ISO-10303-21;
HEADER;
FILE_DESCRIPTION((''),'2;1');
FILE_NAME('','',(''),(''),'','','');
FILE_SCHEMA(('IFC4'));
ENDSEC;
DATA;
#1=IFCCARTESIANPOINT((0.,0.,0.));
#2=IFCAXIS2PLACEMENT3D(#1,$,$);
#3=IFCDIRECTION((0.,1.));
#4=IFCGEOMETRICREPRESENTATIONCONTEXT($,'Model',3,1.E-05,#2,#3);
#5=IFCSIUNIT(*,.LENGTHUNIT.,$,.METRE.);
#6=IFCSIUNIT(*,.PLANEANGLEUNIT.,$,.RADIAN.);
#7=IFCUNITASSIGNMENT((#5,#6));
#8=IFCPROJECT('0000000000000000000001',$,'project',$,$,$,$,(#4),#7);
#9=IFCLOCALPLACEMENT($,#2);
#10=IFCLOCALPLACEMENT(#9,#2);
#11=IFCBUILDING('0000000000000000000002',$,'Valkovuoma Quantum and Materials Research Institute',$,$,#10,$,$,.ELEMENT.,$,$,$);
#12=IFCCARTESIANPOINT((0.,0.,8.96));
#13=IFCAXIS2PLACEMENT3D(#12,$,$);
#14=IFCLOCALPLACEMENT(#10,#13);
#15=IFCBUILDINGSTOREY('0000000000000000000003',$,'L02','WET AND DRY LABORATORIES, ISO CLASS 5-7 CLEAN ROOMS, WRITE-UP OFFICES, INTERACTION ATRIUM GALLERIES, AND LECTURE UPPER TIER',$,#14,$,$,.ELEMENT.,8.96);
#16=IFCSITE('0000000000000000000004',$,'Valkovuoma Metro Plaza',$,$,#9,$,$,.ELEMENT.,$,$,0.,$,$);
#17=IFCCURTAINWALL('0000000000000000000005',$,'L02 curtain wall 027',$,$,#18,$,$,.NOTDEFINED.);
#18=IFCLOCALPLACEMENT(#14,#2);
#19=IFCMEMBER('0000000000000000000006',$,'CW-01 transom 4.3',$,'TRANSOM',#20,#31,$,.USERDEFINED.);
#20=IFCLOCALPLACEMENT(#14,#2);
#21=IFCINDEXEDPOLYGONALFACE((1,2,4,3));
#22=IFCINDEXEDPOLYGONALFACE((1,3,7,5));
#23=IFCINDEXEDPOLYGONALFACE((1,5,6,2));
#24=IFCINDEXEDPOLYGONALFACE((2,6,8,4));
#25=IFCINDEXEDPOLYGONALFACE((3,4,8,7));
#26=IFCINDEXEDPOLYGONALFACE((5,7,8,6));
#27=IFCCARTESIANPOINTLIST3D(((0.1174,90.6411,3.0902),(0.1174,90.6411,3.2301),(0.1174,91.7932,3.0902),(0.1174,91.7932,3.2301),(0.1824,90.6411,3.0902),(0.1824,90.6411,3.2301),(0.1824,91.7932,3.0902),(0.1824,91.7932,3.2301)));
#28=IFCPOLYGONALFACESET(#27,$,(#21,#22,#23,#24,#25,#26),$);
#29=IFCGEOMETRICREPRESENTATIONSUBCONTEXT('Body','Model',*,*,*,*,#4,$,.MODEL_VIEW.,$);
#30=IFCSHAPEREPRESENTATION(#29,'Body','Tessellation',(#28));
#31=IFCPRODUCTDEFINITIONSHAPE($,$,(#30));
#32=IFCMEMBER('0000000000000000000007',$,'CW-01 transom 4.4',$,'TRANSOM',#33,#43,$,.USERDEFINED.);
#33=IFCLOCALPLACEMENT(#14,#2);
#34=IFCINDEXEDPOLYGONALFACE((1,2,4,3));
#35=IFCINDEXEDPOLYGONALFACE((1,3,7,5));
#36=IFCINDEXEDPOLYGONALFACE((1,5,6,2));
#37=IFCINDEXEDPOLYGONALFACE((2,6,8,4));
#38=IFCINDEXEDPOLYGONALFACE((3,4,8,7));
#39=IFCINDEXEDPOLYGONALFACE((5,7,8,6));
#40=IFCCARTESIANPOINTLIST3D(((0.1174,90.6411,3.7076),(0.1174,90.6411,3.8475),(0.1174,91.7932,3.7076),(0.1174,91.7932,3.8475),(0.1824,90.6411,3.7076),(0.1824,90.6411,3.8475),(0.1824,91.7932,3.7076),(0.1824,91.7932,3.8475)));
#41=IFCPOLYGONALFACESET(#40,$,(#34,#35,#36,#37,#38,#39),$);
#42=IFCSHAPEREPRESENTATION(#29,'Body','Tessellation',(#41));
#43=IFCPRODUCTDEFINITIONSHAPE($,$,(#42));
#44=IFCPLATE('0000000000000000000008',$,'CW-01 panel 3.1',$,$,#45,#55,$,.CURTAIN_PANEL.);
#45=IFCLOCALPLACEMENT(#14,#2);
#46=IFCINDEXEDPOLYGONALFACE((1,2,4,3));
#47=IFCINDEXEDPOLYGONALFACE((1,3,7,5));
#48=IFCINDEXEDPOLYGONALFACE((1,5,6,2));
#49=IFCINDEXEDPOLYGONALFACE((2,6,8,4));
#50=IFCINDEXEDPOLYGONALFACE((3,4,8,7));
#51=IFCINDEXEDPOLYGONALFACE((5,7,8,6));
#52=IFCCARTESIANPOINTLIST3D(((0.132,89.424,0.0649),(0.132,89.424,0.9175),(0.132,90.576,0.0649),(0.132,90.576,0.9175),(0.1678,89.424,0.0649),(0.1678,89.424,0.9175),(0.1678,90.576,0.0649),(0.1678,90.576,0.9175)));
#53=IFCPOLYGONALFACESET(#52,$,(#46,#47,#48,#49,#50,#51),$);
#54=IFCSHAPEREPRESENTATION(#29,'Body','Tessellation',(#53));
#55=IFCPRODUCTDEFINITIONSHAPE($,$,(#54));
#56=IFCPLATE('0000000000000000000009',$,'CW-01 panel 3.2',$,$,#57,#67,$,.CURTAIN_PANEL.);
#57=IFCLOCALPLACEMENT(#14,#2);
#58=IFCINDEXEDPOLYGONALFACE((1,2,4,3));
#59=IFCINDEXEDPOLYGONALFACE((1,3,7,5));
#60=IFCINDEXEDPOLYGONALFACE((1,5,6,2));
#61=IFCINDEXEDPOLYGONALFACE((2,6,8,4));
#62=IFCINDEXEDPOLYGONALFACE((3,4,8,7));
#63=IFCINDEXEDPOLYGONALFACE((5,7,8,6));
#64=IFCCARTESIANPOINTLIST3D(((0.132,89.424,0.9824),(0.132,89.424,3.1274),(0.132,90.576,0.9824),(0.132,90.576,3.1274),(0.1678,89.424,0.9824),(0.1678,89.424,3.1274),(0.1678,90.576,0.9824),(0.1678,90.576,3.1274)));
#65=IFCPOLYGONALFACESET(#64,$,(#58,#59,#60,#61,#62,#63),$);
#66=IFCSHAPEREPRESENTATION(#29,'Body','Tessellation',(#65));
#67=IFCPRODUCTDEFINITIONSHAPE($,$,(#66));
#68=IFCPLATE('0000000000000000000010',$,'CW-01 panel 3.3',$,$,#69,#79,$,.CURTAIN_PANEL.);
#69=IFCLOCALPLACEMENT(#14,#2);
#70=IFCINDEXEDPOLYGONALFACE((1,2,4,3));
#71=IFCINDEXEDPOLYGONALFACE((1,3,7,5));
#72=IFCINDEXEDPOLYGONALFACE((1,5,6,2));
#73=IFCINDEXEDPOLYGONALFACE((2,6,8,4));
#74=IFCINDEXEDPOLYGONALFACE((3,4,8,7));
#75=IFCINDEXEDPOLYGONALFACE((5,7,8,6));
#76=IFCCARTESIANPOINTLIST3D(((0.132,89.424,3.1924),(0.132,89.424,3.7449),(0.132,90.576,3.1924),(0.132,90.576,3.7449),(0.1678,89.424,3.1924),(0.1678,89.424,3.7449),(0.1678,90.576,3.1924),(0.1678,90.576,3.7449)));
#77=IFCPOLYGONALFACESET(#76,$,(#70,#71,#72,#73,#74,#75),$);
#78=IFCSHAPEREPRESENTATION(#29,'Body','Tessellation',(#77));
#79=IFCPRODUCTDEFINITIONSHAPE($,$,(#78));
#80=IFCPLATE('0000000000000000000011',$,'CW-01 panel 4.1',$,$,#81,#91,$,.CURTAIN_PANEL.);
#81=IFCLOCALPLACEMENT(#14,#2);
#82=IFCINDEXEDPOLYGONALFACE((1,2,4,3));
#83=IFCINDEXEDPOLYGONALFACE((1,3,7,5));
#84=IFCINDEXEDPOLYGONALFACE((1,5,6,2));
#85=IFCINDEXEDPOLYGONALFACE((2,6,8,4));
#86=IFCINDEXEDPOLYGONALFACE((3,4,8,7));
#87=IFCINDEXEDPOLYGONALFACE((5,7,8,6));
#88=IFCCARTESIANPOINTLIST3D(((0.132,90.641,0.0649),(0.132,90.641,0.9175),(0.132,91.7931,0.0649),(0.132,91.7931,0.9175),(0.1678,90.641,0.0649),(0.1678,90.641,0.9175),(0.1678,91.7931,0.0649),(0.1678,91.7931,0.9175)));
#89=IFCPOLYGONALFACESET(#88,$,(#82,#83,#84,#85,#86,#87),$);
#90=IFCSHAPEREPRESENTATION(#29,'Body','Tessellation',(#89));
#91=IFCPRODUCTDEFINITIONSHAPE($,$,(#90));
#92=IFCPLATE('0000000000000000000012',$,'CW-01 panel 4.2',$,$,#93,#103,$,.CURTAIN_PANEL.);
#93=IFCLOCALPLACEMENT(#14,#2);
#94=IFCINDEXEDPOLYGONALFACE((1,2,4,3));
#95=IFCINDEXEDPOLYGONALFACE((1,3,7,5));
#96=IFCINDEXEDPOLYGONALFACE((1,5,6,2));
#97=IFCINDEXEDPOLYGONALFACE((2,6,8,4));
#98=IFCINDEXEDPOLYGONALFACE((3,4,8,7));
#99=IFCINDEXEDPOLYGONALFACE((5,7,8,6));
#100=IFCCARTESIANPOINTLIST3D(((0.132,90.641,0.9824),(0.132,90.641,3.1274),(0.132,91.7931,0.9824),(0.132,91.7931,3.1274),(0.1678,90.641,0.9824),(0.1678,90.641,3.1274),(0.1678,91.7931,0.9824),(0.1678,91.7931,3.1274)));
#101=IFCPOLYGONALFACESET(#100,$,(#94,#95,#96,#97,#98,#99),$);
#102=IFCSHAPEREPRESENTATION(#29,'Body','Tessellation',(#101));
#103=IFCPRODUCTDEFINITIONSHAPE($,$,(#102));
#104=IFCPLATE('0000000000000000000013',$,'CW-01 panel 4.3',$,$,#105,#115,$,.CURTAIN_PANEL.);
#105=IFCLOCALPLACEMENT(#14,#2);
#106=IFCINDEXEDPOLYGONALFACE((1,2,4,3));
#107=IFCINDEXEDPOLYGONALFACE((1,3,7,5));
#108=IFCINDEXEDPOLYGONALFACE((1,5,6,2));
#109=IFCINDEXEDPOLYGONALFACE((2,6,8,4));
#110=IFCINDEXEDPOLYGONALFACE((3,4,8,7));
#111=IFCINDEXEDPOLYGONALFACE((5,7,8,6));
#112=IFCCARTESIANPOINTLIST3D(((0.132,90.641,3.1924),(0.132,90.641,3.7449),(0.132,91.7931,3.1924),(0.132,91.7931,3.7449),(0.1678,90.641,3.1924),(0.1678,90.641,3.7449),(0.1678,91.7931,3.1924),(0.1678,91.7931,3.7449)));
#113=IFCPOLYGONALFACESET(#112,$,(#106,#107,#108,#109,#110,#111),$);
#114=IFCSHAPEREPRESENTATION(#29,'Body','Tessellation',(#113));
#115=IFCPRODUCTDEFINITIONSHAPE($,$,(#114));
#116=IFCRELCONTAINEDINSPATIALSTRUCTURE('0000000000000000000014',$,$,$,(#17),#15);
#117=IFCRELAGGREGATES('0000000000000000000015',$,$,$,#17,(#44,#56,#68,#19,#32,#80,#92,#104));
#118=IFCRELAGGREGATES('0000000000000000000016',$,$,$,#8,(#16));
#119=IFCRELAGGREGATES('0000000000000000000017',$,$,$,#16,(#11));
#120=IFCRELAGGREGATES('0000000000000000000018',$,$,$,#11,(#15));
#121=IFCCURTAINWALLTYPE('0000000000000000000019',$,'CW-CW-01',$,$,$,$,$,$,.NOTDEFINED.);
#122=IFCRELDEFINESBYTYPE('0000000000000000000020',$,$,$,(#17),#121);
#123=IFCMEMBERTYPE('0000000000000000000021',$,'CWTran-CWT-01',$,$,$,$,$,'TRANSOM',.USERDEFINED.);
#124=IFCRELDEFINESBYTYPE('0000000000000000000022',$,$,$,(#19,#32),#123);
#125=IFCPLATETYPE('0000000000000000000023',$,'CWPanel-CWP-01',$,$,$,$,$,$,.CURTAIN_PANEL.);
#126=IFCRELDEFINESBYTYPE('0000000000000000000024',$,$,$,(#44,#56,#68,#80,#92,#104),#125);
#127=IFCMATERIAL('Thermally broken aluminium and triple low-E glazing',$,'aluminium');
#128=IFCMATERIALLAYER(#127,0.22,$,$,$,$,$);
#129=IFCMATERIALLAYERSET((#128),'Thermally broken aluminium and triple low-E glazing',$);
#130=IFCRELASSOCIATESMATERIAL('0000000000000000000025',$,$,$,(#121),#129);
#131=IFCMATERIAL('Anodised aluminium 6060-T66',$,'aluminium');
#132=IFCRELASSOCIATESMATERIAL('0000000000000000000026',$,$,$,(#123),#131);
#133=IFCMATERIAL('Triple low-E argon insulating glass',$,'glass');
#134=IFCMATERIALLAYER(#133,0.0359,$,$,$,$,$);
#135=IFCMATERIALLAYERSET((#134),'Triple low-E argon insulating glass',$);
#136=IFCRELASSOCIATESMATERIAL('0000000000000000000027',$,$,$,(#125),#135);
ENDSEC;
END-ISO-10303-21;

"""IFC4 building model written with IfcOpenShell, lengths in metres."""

from ifc_helpers import new_model, si_unit, direction, frame, origin, origin_2d, place, context, subcontext, project, spatial, rectangle, extrude, material, layer, layer_set, material_profile, profile_set, type_object, element, aggregate, save


model = new_model("IFC4")

# Units and contexts
model_context = context("Model", 3, precision=1e-05, world=origin(), true_north=direction((0.0, 1.0)))
body_context = subcontext(model_context, "Body", "Model", "MODEL_VIEW")
ifc_project = project(units=[si_unit("LENGTHUNIT", "METRE"), si_unit("PLANEANGLEUNIT", "RADIAN")], contexts=[model_context])

# Site, building, storey
site_placement = place(None, origin())
site = spatial("IfcSite", under=ifc_project, at=site_placement, Name="Valkovuoma Metro Plaza", CompositionType="ELEMENT", RefElevation=0.0)
building_placement = place(site_placement, origin())
building = spatial("IfcBuilding", under=site, at=building_placement, Name="Valkovuoma Quantum and Materials Research Institute", CompositionType="ELEMENT")
storey_placement = place(building_placement, frame((0.0, 0.0, 8.96)))
storey = spatial("IfcBuildingStorey", under=building, at=storey_placement, Name="L02", Description="WET AND DRY LABORATORIES, ISO CLASS 5-7 CLEAN ROOMS, WRITE-UP OFFICES, INTERACTION ATRIUM GALLERIES, AND LECTURE UPPER TIER", CompositionType="ELEMENT", Elevation=8.96)

# Curtain wall, members, plates
ifc_material_1 = material(Name="Thermally broken aluminium and triple low-E glazing", Category="aluminium")
ifc_layer_1 = layer(ifc_material_1, 0.22)
ifc_layer_set_1 = layer_set([ifc_layer_1], Name="Thermally broken aluminium and triple low-E glazing")
curtain_wall_type = type_object("IfcCurtainWallType", Name="CW-CW-01", PredefinedType="NOTDEFINED", material=ifc_layer_set_1)
curtain_wall_placement = place(storey_placement, origin())
curtain_wall = element("IfcCurtainWall", 1, at=curtain_wall_placement, inside=storey, type_object=curtain_wall_type, Name="L02 curtain wall 027", PredefinedType="NOTDEFINED")
ifc_material_2 = material(Name="Anodised aluminium 6060-T66", Category="aluminium")
ifc_material_profile_1 = material_profile(ifc_material_2, rectangle(XDim=0.0649, YDim=0.1399, at=origin_2d()), Name="Anodised aluminium 6060-T66")
ifc_profile_set_1 = profile_set([ifc_material_profile_1], Name="Anodised aluminium 6060-T66")
member_type_1 = type_object("IfcMemberType", Name="CWTran-CWT-01", ElementType="TRANSOM", PredefinedType="USERDEFINED", material=ifc_profile_set_1)
member_1_placement = place(storey_placement, frame((0.1499, 90.6411, 3.1602), z_axis=(0.0, 1.0, 0.0), x_axis=(-1.0, 0.0, 0.0)))
member_1 = element("IfcMember", 2, at=member_1_placement, type_object=member_type_1, Name="CW-01 transom 4.3", ObjectType="TRANSOM", PredefinedType="USERDEFINED", context=body_context, shape_type="SweptSolid", body=[
    extrude(rectangle(XDim=0.0649, YDim=0.1399, at=origin_2d()), origin(), (0.0, 0.0, 1.0), 1.1521),
])
member_2_placement = place(storey_placement, frame((0.1499, 90.6411, 3.7776), z_axis=(0.0, 1.0, 0.0), x_axis=(-1.0, 0.0, 0.0)))
member_2 = element("IfcMember", 3, at=member_2_placement, type_object=member_type_1, Name="CW-01 transom 4.4", ObjectType="TRANSOM", PredefinedType="USERDEFINED", context=body_context, shape_type="SweptSolid", body=[
    extrude(rectangle(XDim=0.0649, YDim=0.1399, at=origin_2d()), origin(), (0.0, 0.0, 1.0), 1.1521),
])
ifc_material_3 = material(Name="Triple low-E argon insulating glass", Category="glass")
ifc_layer_2 = layer(ifc_material_3, 0.0359)
ifc_layer_set_2 = layer_set([ifc_layer_2], Name="Triple low-E argon insulating glass")
plate_type = type_object("IfcPlateType", Name="CWPanel-CWP-01", PredefinedType="CURTAIN_PANEL", material=ifc_layer_set_2)
plate_1_placement = place(storey_placement, frame((0.1499, 90.0, 0.0649), z_axis=(0.0, 0.0, 1.0), x_axis=(0.0, 1.0, 0.0)))
plate_1 = element("IfcPlate", 4, at=plate_1_placement, type_object=plate_type, Name="CW-01 panel 3.1", PredefinedType="CURTAIN_PANEL", context=body_context, shape_type="SweptSolid", body=[
    extrude(rectangle(XDim=1.1521, YDim=0.0359, at=origin_2d()), origin(), (0.0, 0.0, 1.0), 0.8525),
])
plate_2_placement = place(storey_placement, frame((0.1499, 90.0, 0.9824), z_axis=(0.0, 0.0, 1.0), x_axis=(0.0, 1.0, 0.0)))
plate_2 = element("IfcPlate", 5, at=plate_2_placement, type_object=plate_type, Name="CW-01 panel 3.2", PredefinedType="CURTAIN_PANEL", context=body_context, shape_type="SweptSolid", body=[
    extrude(rectangle(XDim=1.1521, YDim=0.0359, at=origin_2d()), origin(), (0.0, 0.0, 1.0), 2.145),
])
plate_3_placement = place(storey_placement, frame((0.1499, 90.0, 3.1924), z_axis=(0.0, 0.0, 1.0), x_axis=(0.0, 1.0, 0.0)))
plate_3 = element("IfcPlate", 6, at=plate_3_placement, type_object=plate_type, Name="CW-01 panel 3.3", PredefinedType="CURTAIN_PANEL", context=body_context, shape_type="SweptSolid", body=[
    extrude(rectangle(XDim=1.1521, YDim=0.0359, at=origin_2d()), origin(), (0.0, 0.0, 1.0), 0.5525),
])
plate_4_placement = place(storey_placement, frame((0.1499, 91.217, 0.0649), z_axis=(0.0, 0.0, 1.0), x_axis=(0.0, 1.0, 0.0)))
plate_4 = element("IfcPlate", 7, at=plate_4_placement, type_object=plate_type, Name="CW-01 panel 4.1", PredefinedType="CURTAIN_PANEL", context=body_context, shape_type="SweptSolid", body=[
    extrude(rectangle(XDim=1.1521, YDim=0.0359, at=origin_2d()), origin(), (0.0, 0.0, 1.0), 0.8525),
])
plate_5_placement = place(storey_placement, frame((0.1499, 91.217, 0.9824), z_axis=(0.0, 0.0, 1.0), x_axis=(0.0, 1.0, 0.0)))
plate_5 = element("IfcPlate", 8, at=plate_5_placement, type_object=plate_type, Name="CW-01 panel 4.2", PredefinedType="CURTAIN_PANEL", context=body_context, shape_type="SweptSolid", body=[
    extrude(rectangle(XDim=1.1521, YDim=0.0359, at=origin_2d()), origin(), (0.0, 0.0, 1.0), 2.145),
])
plate_6_placement = place(storey_placement, frame((0.1499, 91.217, 3.1924), z_axis=(0.0, 0.0, 1.0), x_axis=(0.0, 1.0, 0.0)))
plate_6 = element("IfcPlate", 9, at=plate_6_placement, type_object=plate_type, Name="CW-01 panel 4.3", PredefinedType="CURTAIN_PANEL", context=body_context, shape_type="SweptSolid", body=[
    extrude(rectangle(XDim=1.1521, YDim=0.0359, at=origin_2d()), origin(), (0.0, 0.0, 1.0), 0.5525),
])
aggregate(curtain_wall, [plate_1, plate_2, plate_3, member_1, member_2, plate_4, plate_5, plate_6])

save(model, "model.ifc")
